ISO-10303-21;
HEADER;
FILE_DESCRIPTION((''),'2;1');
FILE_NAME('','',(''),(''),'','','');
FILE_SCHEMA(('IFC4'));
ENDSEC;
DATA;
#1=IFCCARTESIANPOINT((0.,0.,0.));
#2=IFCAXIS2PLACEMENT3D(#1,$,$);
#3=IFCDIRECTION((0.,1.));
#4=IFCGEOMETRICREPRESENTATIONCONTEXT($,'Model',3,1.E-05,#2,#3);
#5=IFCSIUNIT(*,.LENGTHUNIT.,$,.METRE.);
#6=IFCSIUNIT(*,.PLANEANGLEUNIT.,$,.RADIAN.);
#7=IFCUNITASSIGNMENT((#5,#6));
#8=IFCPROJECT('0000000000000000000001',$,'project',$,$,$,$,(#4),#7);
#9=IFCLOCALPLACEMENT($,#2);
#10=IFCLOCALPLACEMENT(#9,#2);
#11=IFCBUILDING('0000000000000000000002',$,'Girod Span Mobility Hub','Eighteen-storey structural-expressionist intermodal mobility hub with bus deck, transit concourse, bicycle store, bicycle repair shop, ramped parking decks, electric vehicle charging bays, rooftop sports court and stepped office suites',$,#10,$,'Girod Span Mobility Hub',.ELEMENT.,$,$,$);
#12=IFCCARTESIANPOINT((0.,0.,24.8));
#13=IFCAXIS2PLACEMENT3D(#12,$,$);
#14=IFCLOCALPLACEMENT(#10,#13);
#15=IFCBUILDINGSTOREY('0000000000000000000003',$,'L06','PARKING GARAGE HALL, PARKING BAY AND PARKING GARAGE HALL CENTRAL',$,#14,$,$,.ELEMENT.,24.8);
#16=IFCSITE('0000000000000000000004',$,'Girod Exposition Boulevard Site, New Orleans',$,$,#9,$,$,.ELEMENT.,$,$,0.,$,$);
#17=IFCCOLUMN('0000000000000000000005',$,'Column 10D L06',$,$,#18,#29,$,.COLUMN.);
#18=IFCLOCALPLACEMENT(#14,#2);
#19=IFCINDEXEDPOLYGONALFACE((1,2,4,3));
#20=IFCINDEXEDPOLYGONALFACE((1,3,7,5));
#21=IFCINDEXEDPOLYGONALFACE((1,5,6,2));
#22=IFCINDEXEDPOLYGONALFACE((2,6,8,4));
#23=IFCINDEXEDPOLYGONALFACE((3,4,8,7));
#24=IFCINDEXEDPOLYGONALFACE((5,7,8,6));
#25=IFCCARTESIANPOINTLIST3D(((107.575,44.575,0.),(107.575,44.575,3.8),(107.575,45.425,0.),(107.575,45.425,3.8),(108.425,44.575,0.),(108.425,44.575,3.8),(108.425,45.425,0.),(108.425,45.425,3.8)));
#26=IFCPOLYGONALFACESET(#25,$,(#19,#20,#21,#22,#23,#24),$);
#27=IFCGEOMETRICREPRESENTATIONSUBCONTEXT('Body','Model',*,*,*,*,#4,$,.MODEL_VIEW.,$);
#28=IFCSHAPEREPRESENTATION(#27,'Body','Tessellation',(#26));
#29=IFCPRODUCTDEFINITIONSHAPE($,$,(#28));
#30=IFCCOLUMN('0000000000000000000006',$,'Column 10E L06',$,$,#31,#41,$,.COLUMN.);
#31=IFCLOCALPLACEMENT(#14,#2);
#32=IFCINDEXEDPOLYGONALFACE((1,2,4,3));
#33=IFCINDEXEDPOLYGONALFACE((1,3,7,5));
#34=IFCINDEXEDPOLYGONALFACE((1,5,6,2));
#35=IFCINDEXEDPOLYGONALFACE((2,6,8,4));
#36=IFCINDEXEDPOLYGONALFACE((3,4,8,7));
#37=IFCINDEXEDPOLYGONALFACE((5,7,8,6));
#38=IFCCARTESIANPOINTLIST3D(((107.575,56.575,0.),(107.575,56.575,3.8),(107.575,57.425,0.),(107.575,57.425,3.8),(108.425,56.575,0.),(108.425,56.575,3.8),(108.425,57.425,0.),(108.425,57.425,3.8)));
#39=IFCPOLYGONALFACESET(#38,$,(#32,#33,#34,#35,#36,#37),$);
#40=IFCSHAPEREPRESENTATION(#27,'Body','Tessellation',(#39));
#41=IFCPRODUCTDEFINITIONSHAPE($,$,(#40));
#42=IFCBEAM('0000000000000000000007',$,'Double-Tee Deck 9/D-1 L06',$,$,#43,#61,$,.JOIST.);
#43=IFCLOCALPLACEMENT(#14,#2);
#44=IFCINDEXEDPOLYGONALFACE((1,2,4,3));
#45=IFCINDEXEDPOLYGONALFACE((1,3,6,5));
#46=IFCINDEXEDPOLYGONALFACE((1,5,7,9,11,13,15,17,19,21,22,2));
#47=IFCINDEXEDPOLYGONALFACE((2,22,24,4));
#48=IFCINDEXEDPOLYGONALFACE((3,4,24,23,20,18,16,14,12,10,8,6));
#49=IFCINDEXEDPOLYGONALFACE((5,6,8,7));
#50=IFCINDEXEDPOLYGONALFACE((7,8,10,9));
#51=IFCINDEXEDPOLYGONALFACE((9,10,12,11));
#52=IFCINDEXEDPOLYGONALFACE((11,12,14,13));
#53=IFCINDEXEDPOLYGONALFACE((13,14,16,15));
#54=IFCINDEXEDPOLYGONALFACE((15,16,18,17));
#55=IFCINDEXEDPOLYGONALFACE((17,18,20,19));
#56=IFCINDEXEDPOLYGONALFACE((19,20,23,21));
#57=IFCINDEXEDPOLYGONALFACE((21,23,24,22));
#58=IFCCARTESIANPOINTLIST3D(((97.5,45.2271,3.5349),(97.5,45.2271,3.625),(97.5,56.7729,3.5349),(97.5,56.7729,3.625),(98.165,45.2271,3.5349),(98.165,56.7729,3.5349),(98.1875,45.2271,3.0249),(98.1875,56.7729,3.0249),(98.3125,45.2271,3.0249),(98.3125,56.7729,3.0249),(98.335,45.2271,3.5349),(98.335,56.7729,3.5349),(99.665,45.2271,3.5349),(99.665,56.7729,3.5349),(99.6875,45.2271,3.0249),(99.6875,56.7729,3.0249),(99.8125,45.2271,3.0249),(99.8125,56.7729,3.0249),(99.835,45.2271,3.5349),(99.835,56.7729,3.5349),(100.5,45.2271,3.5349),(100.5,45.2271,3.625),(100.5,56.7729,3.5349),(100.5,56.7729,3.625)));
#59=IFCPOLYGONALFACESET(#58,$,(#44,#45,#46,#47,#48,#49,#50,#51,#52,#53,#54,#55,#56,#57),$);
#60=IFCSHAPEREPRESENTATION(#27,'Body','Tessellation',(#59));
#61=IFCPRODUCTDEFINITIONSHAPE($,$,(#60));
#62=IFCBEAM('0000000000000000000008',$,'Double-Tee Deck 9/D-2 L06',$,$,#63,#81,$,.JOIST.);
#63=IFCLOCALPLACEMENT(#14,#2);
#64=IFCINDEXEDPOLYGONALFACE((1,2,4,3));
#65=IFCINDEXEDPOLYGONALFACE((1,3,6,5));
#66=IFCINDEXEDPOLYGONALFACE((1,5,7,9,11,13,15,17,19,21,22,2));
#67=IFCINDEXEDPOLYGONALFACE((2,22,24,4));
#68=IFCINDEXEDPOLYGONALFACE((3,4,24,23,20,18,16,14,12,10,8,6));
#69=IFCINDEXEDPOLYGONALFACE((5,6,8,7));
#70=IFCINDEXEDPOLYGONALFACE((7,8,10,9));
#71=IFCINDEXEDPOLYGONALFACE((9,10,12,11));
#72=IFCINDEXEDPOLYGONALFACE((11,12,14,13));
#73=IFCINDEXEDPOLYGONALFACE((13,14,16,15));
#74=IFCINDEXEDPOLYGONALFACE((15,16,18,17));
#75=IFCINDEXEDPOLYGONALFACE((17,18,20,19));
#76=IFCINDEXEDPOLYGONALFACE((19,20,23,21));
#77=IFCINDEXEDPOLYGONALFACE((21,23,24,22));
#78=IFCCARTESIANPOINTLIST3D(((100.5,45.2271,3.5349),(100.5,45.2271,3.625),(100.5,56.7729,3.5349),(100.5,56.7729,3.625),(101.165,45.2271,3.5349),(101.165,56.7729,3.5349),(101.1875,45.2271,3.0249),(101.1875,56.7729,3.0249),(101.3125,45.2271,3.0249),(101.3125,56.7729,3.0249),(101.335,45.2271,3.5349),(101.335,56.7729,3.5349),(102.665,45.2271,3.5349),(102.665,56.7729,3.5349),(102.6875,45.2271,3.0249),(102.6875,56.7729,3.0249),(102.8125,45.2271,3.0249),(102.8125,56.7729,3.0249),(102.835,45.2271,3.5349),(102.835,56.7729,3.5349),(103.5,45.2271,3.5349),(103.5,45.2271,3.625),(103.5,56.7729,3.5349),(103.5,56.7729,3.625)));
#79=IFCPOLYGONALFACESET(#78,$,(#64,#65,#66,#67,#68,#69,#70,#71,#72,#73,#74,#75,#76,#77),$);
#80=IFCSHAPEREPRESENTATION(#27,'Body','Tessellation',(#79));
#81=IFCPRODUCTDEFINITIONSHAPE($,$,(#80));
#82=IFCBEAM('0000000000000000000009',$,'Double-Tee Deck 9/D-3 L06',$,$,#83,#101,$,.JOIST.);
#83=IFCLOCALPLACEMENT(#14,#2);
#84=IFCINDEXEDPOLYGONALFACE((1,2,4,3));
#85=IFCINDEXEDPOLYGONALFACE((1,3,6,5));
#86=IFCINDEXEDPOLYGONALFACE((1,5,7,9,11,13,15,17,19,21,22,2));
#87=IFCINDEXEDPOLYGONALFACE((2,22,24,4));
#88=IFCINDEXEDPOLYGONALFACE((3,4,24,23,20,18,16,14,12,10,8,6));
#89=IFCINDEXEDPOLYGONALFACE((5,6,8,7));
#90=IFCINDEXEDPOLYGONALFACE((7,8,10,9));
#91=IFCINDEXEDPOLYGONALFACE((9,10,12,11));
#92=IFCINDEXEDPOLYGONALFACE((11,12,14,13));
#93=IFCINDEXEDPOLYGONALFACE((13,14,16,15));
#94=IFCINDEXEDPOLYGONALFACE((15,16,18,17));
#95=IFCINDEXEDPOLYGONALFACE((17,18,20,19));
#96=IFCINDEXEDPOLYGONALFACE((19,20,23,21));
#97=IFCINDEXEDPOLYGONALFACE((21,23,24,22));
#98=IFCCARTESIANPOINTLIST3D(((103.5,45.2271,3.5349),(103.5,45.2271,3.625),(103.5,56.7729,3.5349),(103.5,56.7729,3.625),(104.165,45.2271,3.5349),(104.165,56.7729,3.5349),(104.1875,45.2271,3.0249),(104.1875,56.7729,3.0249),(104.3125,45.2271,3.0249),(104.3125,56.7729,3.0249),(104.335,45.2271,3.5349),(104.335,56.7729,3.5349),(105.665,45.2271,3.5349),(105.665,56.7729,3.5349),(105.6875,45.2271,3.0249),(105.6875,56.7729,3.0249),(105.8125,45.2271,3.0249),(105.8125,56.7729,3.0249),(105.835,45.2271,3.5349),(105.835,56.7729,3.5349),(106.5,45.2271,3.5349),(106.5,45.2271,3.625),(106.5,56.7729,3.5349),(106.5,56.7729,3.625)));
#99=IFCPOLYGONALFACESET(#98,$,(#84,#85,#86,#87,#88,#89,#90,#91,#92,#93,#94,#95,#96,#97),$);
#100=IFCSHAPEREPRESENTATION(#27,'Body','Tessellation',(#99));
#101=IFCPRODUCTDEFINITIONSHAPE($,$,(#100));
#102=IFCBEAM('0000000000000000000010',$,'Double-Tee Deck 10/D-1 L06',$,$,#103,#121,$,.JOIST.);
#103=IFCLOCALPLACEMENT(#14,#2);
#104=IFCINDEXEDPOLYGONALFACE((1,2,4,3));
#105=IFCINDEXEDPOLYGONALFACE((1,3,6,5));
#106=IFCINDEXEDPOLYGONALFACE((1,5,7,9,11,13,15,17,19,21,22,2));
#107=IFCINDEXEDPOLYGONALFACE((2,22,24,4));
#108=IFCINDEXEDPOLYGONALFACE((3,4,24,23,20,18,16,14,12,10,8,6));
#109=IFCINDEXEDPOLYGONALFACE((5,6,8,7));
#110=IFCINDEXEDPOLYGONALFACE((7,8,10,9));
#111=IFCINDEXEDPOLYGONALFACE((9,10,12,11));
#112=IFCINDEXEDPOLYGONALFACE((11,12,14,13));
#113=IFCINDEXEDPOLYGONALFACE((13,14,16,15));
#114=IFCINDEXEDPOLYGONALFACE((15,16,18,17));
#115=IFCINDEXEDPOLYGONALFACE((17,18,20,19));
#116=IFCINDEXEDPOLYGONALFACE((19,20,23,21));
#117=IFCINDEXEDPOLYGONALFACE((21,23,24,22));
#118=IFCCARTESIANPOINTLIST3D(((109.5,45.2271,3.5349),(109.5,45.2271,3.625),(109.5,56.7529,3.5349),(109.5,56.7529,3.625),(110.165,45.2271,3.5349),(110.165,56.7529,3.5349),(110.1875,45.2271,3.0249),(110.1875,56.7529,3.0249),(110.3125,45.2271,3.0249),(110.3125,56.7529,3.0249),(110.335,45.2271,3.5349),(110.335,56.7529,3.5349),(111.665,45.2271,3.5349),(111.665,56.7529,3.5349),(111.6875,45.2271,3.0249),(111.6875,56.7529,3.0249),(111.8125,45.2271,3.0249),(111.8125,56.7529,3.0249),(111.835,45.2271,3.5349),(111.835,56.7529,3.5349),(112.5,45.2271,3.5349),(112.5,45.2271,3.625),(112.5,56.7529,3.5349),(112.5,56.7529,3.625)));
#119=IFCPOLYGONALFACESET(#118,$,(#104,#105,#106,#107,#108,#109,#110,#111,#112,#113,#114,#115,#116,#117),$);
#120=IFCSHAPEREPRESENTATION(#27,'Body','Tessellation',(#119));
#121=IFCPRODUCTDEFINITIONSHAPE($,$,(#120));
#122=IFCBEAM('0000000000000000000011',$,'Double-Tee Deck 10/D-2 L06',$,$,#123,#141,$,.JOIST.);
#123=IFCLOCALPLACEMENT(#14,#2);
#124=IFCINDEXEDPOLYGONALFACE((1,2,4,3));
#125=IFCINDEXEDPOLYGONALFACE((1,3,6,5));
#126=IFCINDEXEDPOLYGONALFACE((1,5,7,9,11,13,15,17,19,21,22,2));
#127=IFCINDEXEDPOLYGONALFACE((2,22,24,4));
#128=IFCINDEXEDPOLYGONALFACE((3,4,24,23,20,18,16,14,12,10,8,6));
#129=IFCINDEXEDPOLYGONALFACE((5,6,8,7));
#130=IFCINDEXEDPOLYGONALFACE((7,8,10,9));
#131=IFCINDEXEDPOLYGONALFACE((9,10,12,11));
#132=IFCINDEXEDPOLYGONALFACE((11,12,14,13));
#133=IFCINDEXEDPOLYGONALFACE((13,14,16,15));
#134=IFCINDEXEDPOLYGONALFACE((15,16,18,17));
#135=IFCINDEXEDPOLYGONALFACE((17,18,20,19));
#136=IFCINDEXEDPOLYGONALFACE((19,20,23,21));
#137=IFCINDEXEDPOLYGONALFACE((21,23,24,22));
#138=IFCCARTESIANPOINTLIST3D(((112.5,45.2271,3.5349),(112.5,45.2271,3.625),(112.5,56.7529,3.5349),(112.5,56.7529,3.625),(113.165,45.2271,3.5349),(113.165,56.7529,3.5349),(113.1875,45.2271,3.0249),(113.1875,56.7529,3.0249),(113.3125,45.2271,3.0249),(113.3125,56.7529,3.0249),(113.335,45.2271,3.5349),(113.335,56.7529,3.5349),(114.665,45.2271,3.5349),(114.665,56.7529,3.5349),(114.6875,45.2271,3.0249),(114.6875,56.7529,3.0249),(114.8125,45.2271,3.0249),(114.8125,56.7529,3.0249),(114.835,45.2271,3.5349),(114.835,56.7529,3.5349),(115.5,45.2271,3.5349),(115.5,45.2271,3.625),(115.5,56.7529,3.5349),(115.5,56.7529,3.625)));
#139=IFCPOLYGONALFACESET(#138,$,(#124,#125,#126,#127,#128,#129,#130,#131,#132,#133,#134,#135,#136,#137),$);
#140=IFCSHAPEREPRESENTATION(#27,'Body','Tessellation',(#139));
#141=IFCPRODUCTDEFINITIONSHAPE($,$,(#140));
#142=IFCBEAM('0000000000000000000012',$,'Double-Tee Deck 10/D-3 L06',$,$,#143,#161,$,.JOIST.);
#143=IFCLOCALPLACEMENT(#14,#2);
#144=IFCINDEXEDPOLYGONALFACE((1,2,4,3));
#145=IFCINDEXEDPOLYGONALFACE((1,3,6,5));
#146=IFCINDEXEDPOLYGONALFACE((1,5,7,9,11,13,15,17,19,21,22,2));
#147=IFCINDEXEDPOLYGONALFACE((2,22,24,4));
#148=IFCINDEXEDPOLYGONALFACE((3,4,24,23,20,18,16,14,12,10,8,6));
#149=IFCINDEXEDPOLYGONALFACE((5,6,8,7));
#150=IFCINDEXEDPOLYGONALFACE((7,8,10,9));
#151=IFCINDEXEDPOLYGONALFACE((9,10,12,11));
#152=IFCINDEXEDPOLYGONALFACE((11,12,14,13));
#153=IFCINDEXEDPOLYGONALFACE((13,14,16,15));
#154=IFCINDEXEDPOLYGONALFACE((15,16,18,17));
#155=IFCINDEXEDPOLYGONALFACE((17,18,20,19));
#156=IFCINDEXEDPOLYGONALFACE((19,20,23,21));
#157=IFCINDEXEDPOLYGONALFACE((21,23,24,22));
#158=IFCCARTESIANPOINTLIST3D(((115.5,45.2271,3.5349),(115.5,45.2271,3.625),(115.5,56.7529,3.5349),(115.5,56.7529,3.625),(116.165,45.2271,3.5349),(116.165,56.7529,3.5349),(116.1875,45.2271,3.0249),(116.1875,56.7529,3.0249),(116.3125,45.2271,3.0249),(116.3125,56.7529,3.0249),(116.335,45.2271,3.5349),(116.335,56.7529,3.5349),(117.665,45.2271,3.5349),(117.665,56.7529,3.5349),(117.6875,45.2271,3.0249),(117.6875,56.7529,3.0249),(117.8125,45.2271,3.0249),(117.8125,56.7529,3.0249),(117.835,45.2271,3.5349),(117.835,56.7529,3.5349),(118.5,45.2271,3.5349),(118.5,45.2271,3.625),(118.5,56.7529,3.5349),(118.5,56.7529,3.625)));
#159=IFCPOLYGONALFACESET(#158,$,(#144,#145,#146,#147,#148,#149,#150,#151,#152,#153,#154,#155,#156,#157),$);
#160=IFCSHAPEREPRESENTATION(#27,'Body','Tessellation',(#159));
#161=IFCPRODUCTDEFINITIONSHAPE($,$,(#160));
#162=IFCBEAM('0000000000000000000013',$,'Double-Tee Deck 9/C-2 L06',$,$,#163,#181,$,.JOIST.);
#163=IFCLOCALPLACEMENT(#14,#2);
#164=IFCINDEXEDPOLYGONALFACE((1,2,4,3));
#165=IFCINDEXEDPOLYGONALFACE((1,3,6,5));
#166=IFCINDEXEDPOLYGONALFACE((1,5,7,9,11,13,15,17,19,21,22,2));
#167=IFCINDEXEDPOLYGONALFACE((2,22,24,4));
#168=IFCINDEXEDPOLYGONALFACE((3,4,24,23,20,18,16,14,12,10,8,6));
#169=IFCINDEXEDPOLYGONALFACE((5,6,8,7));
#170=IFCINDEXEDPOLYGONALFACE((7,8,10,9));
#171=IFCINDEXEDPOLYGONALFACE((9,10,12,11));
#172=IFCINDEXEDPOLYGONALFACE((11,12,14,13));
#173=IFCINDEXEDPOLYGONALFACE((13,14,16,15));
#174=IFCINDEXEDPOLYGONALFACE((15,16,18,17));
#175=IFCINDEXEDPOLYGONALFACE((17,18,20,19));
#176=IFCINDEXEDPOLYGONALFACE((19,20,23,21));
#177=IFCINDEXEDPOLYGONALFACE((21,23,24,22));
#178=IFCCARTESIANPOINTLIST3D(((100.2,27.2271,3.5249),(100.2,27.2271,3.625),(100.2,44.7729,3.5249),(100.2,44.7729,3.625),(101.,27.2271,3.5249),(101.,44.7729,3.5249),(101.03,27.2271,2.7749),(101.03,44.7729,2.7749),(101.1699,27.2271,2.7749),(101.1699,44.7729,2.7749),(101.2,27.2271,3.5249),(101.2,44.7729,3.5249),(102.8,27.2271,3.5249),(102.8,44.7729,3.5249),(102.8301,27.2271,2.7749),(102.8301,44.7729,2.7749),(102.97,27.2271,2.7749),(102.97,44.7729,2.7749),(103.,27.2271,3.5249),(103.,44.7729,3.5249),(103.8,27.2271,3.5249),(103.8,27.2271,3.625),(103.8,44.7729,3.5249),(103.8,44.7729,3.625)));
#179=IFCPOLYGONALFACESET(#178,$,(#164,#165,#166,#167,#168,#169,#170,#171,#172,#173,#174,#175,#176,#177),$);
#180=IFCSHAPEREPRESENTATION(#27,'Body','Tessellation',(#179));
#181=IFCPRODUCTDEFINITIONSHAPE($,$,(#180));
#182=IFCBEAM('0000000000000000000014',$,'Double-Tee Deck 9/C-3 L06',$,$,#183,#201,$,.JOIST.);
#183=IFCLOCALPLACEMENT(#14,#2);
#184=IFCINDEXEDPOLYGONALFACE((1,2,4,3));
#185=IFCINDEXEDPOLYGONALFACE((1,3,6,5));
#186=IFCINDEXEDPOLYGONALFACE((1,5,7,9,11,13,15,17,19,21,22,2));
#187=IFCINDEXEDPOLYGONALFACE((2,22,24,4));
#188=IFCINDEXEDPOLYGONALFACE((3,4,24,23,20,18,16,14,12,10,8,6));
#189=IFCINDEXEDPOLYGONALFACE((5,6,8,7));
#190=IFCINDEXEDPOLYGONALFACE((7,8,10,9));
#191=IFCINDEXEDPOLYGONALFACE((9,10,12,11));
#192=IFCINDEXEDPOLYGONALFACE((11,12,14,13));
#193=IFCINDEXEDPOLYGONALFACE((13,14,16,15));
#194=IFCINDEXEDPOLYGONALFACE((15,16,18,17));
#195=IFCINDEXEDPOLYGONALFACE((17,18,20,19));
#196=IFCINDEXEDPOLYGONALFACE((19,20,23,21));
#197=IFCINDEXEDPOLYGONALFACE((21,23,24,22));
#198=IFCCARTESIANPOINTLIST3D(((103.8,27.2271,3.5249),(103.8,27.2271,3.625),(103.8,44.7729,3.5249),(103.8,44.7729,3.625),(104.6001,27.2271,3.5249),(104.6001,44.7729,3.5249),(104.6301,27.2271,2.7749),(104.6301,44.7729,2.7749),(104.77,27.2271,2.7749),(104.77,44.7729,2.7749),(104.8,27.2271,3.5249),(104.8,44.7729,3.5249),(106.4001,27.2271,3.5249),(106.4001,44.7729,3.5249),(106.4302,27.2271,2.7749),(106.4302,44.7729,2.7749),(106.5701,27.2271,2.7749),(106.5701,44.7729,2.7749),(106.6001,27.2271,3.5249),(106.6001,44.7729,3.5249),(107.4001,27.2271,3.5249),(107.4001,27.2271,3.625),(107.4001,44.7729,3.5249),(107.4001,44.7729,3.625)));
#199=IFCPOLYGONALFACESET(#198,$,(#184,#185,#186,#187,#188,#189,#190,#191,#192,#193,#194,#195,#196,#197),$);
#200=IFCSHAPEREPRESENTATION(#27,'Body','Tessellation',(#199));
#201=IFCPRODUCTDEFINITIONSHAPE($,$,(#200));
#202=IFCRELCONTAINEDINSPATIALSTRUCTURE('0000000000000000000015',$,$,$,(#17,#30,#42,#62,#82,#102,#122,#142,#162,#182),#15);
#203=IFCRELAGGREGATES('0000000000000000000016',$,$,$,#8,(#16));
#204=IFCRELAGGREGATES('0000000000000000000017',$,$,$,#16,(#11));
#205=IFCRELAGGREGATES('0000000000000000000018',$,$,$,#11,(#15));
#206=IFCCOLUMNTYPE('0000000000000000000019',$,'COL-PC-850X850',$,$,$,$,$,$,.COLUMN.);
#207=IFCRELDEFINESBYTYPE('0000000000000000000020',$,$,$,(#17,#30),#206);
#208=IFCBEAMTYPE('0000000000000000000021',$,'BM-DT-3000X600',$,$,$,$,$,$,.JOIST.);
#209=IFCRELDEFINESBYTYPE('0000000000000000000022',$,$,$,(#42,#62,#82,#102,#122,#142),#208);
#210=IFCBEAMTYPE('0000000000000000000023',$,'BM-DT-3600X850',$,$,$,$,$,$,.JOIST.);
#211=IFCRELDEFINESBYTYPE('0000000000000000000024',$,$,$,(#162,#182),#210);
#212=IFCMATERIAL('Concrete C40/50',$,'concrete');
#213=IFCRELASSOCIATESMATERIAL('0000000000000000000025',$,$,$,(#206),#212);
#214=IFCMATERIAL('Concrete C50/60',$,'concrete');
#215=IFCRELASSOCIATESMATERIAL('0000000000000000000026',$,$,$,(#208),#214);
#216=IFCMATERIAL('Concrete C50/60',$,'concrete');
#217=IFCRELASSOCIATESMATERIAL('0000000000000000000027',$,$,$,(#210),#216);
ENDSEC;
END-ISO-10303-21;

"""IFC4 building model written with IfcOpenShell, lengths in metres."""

from ifc_helpers import new_model, si_unit, direction, frame, origin, origin_2d, place, context, subcontext, project, spatial, polyline, rectangle, outline, extrude, material, material_profile, profile_set, type_object, element, save


model = new_model("IFC4")

# Units and contexts
model_context = context("Model", 3, precision=1e-05, world=origin(), true_north=direction((0.0, 1.0)))
body_context = subcontext(model_context, "Body", "Model", "MODEL_VIEW")
ifc_project = project(units=[si_unit("LENGTHUNIT", "METRE"), si_unit("PLANEANGLEUNIT", "RADIAN")], contexts=[model_context])

# Site, building, storey
site_placement = place(None, origin())
site = spatial("IfcSite", under=ifc_project, at=site_placement, Name="Girod Exposition Boulevard Site, New Orleans", CompositionType="ELEMENT", RefElevation=0.0)
building_placement = place(site_placement, origin())
building = spatial("IfcBuilding", under=site, at=building_placement, Name="Girod Span Mobility Hub", Description="Eighteen-storey structural-expressionist intermodal mobility hub with bus deck, transit concourse, bicycle store, bicycle repair shop, ramped parking decks, electric vehicle charging bays, rooftop sports court and stepped office suites", LongName="Girod Span Mobility Hub", CompositionType="ELEMENT")
storey_placement = place(building_placement, frame((0.0, 0.0, 24.8)))
storey = spatial("IfcBuildingStorey", under=building, at=storey_placement, Name="L06", Description="PARKING GARAGE HALL, PARKING BAY AND PARKING GARAGE HALL CENTRAL", CompositionType="ELEMENT", Elevation=24.8)

# Columns
ifc_material_1 = material(Name="Concrete C40/50", Category="concrete")
ifc_material_profile_1 = material_profile(ifc_material_1, rectangle(XDim=0.8501, YDim=0.8501, at=origin_2d()), Name="PC-COL-850X850")
ifc_profile_set_1 = profile_set([ifc_material_profile_1], Name="Concrete C40/50")
column_type = type_object("IfcColumnType", Name="COL-PC-850X850", PredefinedType="COLUMN", material=ifc_profile_set_1)
for number, where, z_axis, x_axis, name in (
    (1, (108.0, 45.0, 0.0), (0.0, 0.0, 1.0), (1.0, 0.0, 0.0), "Column 10D L06"),
    (2, (108.0, 57.0, 0.0), (0.0, 0.0, 1.0), (1.0, 0.0, 0.0), "Column 10E L06"),
):
    element("IfcColumn", number, at=place(storey_placement, frame(where, z_axis=z_axis, x_axis=x_axis)), inside=storey, type_object=column_type, Name=name, PredefinedType="COLUMN", context=body_context, shape_type="SweptSolid", body=[
        extrude(rectangle(XDim=0.8501, YDim=0.8501, at=origin_2d()), origin(), (0.0, 0.0, 1.0), 3.8),
    ])

# Beams
ifc_material_2 = material(Name="Concrete C50/60", Category="concrete")
ifc_material_profile_2 = material_profile(ifc_material_2, outline(polyline([(-1.5, 0.3), (-1.5, 0.21), (-0.835, 0.21), (-0.8125, -0.3), (-0.6875, -0.3), (-0.665, 0.21), (0.665, 0.21), (0.6875, -0.3), (0.8125, -0.3), (0.835, 0.21), (1.5, 0.21), (1.5, 0.3), (-1.5, 0.3)])), Name="DT-3000X600")
ifc_profile_set_2 = profile_set([ifc_material_profile_2], Name="Concrete C50/60")
beam_type_1 = type_object("IfcBeamType", Name="BM-DT-3000X600", PredefinedType="JOIST", material=ifc_profile_set_2)
for number, where, z_axis, x_axis, name in (
    (3, (99.0, 45.2271, 3.325), (0.0, 1.0, 0.0), (-1.0, 0.0, 0.0), "Double-Tee Deck 9/D-1 L06"),
    (4, (102.0, 45.2271, 3.325), (0.0, 1.0, 0.0), (-1.0, 0.0, 0.0), "Double-Tee Deck 9/D-2 L06"),
    (5, (105.0, 45.2271, 3.325), (0.0, 1.0, 0.0), (-1.0, 0.0, 0.0), "Double-Tee Deck 9/D-3 L06"),
):
    element("IfcBeam", number, at=place(storey_placement, frame(where, z_axis=z_axis, x_axis=x_axis)), inside=storey, type_object=beam_type_1, Name=name, PredefinedType="JOIST", context=body_context, shape_type="SweptSolid", body=[
        extrude(outline(polyline([(-1.5, 0.3), (-1.5, 0.21), (-0.835, 0.21), (-0.8125, -0.3), (-0.6875, -0.3), (-0.665, 0.21), (0.665, 0.21), (0.6875, -0.3), (0.8125, -0.3), (0.835, 0.21), (1.5, 0.21), (1.5, 0.3), (-1.5, 0.3)])), origin(), (0.0, 0.0, 1.0), 11.5459),
    ])
for number, where, z_axis, x_axis, name in (
    (6, (111.0, 45.2271, 3.325), (0.0, 1.0, 0.0), (-1.0, 0.0, 0.0), "Double-Tee Deck 10/D-1 L06"),
    (7, (114.0, 45.2271, 3.325), (0.0, 1.0, 0.0), (-1.0, 0.0, 0.0), "Double-Tee Deck 10/D-2 L06"),
    (8, (117.0, 45.2271, 3.325), (0.0, 1.0, 0.0), (-1.0, 0.0, 0.0), "Double-Tee Deck 10/D-3 L06"),
):
    element("IfcBeam", number, at=place(storey_placement, frame(where, z_axis=z_axis, x_axis=x_axis)), inside=storey, type_object=beam_type_1, Name=name, PredefinedType="JOIST", context=body_context, shape_type="SweptSolid", body=[
        extrude(outline(polyline([(-1.5, 0.3), (-1.5, 0.21), (-0.835, 0.21), (-0.8125, -0.3), (-0.6875, -0.3), (-0.665, 0.21), (0.665, 0.21), (0.6875, -0.3), (0.8125, -0.3), (0.835, 0.21), (1.5, 0.21), (1.5, 0.3), (-1.5, 0.3)])), origin(), (0.0, 0.0, 1.0), 11.5259),
    ])
ifc_material_3 = material(Name="Concrete C50/60", Category="concrete")
ifc_material_profile_3 = material_profile(ifc_material_3, outline(polyline([(-1.8, 0.425), (-1.8, 0.325), (-1.0, 0.325), (-0.97, -0.425), (-0.8301, -0.425), (-0.8, 0.325), (0.8, 0.325), (0.8301, -0.425), (0.97, -0.425), (1.0, 0.325), (1.8, 0.325), (1.8, 0.425), (-1.8, 0.425)])), Name="DT-3600X850")
ifc_profile_set_3 = profile_set([ifc_material_profile_3], Name="Concrete C50/60")
beam_type_2 = type_object("IfcBeamType", Name="BM-DT-3600X850", PredefinedType="JOIST", material=ifc_profile_set_3)
for number, where, z_axis, x_axis, name in (
    (9, (102.0, 27.2271, 3.2), (0.0, 1.0, 0.0), (-1.0, 0.0, 0.0), "Double-Tee Deck 9/C-2 L06"),
    (10, (105.6001, 27.2271, 3.2), (0.0, 1.0, 0.0), (-1.0, 0.0, 0.0), "Double-Tee Deck 9/C-3 L06"),
):
    element("IfcBeam", number, at=place(storey_placement, frame(where, z_axis=z_axis, x_axis=x_axis)), inside=storey, type_object=beam_type_2, Name=name, PredefinedType="JOIST", context=body_context, shape_type="SweptSolid", body=[
        extrude(outline(polyline([(-1.8, 0.425), (-1.8, 0.325), (-1.0, 0.325), (-0.97, -0.425), (-0.8301, -0.425), (-0.8, 0.325), (0.8, 0.325), (0.8301, -0.425), (0.97, -0.425), (1.0, 0.325), (1.8, 0.325), (1.8, 0.425), (-1.8, 0.425)])), origin(), (0.0, 0.0, 1.0), 17.5459),
    ])

save(model, "model.ifc")
